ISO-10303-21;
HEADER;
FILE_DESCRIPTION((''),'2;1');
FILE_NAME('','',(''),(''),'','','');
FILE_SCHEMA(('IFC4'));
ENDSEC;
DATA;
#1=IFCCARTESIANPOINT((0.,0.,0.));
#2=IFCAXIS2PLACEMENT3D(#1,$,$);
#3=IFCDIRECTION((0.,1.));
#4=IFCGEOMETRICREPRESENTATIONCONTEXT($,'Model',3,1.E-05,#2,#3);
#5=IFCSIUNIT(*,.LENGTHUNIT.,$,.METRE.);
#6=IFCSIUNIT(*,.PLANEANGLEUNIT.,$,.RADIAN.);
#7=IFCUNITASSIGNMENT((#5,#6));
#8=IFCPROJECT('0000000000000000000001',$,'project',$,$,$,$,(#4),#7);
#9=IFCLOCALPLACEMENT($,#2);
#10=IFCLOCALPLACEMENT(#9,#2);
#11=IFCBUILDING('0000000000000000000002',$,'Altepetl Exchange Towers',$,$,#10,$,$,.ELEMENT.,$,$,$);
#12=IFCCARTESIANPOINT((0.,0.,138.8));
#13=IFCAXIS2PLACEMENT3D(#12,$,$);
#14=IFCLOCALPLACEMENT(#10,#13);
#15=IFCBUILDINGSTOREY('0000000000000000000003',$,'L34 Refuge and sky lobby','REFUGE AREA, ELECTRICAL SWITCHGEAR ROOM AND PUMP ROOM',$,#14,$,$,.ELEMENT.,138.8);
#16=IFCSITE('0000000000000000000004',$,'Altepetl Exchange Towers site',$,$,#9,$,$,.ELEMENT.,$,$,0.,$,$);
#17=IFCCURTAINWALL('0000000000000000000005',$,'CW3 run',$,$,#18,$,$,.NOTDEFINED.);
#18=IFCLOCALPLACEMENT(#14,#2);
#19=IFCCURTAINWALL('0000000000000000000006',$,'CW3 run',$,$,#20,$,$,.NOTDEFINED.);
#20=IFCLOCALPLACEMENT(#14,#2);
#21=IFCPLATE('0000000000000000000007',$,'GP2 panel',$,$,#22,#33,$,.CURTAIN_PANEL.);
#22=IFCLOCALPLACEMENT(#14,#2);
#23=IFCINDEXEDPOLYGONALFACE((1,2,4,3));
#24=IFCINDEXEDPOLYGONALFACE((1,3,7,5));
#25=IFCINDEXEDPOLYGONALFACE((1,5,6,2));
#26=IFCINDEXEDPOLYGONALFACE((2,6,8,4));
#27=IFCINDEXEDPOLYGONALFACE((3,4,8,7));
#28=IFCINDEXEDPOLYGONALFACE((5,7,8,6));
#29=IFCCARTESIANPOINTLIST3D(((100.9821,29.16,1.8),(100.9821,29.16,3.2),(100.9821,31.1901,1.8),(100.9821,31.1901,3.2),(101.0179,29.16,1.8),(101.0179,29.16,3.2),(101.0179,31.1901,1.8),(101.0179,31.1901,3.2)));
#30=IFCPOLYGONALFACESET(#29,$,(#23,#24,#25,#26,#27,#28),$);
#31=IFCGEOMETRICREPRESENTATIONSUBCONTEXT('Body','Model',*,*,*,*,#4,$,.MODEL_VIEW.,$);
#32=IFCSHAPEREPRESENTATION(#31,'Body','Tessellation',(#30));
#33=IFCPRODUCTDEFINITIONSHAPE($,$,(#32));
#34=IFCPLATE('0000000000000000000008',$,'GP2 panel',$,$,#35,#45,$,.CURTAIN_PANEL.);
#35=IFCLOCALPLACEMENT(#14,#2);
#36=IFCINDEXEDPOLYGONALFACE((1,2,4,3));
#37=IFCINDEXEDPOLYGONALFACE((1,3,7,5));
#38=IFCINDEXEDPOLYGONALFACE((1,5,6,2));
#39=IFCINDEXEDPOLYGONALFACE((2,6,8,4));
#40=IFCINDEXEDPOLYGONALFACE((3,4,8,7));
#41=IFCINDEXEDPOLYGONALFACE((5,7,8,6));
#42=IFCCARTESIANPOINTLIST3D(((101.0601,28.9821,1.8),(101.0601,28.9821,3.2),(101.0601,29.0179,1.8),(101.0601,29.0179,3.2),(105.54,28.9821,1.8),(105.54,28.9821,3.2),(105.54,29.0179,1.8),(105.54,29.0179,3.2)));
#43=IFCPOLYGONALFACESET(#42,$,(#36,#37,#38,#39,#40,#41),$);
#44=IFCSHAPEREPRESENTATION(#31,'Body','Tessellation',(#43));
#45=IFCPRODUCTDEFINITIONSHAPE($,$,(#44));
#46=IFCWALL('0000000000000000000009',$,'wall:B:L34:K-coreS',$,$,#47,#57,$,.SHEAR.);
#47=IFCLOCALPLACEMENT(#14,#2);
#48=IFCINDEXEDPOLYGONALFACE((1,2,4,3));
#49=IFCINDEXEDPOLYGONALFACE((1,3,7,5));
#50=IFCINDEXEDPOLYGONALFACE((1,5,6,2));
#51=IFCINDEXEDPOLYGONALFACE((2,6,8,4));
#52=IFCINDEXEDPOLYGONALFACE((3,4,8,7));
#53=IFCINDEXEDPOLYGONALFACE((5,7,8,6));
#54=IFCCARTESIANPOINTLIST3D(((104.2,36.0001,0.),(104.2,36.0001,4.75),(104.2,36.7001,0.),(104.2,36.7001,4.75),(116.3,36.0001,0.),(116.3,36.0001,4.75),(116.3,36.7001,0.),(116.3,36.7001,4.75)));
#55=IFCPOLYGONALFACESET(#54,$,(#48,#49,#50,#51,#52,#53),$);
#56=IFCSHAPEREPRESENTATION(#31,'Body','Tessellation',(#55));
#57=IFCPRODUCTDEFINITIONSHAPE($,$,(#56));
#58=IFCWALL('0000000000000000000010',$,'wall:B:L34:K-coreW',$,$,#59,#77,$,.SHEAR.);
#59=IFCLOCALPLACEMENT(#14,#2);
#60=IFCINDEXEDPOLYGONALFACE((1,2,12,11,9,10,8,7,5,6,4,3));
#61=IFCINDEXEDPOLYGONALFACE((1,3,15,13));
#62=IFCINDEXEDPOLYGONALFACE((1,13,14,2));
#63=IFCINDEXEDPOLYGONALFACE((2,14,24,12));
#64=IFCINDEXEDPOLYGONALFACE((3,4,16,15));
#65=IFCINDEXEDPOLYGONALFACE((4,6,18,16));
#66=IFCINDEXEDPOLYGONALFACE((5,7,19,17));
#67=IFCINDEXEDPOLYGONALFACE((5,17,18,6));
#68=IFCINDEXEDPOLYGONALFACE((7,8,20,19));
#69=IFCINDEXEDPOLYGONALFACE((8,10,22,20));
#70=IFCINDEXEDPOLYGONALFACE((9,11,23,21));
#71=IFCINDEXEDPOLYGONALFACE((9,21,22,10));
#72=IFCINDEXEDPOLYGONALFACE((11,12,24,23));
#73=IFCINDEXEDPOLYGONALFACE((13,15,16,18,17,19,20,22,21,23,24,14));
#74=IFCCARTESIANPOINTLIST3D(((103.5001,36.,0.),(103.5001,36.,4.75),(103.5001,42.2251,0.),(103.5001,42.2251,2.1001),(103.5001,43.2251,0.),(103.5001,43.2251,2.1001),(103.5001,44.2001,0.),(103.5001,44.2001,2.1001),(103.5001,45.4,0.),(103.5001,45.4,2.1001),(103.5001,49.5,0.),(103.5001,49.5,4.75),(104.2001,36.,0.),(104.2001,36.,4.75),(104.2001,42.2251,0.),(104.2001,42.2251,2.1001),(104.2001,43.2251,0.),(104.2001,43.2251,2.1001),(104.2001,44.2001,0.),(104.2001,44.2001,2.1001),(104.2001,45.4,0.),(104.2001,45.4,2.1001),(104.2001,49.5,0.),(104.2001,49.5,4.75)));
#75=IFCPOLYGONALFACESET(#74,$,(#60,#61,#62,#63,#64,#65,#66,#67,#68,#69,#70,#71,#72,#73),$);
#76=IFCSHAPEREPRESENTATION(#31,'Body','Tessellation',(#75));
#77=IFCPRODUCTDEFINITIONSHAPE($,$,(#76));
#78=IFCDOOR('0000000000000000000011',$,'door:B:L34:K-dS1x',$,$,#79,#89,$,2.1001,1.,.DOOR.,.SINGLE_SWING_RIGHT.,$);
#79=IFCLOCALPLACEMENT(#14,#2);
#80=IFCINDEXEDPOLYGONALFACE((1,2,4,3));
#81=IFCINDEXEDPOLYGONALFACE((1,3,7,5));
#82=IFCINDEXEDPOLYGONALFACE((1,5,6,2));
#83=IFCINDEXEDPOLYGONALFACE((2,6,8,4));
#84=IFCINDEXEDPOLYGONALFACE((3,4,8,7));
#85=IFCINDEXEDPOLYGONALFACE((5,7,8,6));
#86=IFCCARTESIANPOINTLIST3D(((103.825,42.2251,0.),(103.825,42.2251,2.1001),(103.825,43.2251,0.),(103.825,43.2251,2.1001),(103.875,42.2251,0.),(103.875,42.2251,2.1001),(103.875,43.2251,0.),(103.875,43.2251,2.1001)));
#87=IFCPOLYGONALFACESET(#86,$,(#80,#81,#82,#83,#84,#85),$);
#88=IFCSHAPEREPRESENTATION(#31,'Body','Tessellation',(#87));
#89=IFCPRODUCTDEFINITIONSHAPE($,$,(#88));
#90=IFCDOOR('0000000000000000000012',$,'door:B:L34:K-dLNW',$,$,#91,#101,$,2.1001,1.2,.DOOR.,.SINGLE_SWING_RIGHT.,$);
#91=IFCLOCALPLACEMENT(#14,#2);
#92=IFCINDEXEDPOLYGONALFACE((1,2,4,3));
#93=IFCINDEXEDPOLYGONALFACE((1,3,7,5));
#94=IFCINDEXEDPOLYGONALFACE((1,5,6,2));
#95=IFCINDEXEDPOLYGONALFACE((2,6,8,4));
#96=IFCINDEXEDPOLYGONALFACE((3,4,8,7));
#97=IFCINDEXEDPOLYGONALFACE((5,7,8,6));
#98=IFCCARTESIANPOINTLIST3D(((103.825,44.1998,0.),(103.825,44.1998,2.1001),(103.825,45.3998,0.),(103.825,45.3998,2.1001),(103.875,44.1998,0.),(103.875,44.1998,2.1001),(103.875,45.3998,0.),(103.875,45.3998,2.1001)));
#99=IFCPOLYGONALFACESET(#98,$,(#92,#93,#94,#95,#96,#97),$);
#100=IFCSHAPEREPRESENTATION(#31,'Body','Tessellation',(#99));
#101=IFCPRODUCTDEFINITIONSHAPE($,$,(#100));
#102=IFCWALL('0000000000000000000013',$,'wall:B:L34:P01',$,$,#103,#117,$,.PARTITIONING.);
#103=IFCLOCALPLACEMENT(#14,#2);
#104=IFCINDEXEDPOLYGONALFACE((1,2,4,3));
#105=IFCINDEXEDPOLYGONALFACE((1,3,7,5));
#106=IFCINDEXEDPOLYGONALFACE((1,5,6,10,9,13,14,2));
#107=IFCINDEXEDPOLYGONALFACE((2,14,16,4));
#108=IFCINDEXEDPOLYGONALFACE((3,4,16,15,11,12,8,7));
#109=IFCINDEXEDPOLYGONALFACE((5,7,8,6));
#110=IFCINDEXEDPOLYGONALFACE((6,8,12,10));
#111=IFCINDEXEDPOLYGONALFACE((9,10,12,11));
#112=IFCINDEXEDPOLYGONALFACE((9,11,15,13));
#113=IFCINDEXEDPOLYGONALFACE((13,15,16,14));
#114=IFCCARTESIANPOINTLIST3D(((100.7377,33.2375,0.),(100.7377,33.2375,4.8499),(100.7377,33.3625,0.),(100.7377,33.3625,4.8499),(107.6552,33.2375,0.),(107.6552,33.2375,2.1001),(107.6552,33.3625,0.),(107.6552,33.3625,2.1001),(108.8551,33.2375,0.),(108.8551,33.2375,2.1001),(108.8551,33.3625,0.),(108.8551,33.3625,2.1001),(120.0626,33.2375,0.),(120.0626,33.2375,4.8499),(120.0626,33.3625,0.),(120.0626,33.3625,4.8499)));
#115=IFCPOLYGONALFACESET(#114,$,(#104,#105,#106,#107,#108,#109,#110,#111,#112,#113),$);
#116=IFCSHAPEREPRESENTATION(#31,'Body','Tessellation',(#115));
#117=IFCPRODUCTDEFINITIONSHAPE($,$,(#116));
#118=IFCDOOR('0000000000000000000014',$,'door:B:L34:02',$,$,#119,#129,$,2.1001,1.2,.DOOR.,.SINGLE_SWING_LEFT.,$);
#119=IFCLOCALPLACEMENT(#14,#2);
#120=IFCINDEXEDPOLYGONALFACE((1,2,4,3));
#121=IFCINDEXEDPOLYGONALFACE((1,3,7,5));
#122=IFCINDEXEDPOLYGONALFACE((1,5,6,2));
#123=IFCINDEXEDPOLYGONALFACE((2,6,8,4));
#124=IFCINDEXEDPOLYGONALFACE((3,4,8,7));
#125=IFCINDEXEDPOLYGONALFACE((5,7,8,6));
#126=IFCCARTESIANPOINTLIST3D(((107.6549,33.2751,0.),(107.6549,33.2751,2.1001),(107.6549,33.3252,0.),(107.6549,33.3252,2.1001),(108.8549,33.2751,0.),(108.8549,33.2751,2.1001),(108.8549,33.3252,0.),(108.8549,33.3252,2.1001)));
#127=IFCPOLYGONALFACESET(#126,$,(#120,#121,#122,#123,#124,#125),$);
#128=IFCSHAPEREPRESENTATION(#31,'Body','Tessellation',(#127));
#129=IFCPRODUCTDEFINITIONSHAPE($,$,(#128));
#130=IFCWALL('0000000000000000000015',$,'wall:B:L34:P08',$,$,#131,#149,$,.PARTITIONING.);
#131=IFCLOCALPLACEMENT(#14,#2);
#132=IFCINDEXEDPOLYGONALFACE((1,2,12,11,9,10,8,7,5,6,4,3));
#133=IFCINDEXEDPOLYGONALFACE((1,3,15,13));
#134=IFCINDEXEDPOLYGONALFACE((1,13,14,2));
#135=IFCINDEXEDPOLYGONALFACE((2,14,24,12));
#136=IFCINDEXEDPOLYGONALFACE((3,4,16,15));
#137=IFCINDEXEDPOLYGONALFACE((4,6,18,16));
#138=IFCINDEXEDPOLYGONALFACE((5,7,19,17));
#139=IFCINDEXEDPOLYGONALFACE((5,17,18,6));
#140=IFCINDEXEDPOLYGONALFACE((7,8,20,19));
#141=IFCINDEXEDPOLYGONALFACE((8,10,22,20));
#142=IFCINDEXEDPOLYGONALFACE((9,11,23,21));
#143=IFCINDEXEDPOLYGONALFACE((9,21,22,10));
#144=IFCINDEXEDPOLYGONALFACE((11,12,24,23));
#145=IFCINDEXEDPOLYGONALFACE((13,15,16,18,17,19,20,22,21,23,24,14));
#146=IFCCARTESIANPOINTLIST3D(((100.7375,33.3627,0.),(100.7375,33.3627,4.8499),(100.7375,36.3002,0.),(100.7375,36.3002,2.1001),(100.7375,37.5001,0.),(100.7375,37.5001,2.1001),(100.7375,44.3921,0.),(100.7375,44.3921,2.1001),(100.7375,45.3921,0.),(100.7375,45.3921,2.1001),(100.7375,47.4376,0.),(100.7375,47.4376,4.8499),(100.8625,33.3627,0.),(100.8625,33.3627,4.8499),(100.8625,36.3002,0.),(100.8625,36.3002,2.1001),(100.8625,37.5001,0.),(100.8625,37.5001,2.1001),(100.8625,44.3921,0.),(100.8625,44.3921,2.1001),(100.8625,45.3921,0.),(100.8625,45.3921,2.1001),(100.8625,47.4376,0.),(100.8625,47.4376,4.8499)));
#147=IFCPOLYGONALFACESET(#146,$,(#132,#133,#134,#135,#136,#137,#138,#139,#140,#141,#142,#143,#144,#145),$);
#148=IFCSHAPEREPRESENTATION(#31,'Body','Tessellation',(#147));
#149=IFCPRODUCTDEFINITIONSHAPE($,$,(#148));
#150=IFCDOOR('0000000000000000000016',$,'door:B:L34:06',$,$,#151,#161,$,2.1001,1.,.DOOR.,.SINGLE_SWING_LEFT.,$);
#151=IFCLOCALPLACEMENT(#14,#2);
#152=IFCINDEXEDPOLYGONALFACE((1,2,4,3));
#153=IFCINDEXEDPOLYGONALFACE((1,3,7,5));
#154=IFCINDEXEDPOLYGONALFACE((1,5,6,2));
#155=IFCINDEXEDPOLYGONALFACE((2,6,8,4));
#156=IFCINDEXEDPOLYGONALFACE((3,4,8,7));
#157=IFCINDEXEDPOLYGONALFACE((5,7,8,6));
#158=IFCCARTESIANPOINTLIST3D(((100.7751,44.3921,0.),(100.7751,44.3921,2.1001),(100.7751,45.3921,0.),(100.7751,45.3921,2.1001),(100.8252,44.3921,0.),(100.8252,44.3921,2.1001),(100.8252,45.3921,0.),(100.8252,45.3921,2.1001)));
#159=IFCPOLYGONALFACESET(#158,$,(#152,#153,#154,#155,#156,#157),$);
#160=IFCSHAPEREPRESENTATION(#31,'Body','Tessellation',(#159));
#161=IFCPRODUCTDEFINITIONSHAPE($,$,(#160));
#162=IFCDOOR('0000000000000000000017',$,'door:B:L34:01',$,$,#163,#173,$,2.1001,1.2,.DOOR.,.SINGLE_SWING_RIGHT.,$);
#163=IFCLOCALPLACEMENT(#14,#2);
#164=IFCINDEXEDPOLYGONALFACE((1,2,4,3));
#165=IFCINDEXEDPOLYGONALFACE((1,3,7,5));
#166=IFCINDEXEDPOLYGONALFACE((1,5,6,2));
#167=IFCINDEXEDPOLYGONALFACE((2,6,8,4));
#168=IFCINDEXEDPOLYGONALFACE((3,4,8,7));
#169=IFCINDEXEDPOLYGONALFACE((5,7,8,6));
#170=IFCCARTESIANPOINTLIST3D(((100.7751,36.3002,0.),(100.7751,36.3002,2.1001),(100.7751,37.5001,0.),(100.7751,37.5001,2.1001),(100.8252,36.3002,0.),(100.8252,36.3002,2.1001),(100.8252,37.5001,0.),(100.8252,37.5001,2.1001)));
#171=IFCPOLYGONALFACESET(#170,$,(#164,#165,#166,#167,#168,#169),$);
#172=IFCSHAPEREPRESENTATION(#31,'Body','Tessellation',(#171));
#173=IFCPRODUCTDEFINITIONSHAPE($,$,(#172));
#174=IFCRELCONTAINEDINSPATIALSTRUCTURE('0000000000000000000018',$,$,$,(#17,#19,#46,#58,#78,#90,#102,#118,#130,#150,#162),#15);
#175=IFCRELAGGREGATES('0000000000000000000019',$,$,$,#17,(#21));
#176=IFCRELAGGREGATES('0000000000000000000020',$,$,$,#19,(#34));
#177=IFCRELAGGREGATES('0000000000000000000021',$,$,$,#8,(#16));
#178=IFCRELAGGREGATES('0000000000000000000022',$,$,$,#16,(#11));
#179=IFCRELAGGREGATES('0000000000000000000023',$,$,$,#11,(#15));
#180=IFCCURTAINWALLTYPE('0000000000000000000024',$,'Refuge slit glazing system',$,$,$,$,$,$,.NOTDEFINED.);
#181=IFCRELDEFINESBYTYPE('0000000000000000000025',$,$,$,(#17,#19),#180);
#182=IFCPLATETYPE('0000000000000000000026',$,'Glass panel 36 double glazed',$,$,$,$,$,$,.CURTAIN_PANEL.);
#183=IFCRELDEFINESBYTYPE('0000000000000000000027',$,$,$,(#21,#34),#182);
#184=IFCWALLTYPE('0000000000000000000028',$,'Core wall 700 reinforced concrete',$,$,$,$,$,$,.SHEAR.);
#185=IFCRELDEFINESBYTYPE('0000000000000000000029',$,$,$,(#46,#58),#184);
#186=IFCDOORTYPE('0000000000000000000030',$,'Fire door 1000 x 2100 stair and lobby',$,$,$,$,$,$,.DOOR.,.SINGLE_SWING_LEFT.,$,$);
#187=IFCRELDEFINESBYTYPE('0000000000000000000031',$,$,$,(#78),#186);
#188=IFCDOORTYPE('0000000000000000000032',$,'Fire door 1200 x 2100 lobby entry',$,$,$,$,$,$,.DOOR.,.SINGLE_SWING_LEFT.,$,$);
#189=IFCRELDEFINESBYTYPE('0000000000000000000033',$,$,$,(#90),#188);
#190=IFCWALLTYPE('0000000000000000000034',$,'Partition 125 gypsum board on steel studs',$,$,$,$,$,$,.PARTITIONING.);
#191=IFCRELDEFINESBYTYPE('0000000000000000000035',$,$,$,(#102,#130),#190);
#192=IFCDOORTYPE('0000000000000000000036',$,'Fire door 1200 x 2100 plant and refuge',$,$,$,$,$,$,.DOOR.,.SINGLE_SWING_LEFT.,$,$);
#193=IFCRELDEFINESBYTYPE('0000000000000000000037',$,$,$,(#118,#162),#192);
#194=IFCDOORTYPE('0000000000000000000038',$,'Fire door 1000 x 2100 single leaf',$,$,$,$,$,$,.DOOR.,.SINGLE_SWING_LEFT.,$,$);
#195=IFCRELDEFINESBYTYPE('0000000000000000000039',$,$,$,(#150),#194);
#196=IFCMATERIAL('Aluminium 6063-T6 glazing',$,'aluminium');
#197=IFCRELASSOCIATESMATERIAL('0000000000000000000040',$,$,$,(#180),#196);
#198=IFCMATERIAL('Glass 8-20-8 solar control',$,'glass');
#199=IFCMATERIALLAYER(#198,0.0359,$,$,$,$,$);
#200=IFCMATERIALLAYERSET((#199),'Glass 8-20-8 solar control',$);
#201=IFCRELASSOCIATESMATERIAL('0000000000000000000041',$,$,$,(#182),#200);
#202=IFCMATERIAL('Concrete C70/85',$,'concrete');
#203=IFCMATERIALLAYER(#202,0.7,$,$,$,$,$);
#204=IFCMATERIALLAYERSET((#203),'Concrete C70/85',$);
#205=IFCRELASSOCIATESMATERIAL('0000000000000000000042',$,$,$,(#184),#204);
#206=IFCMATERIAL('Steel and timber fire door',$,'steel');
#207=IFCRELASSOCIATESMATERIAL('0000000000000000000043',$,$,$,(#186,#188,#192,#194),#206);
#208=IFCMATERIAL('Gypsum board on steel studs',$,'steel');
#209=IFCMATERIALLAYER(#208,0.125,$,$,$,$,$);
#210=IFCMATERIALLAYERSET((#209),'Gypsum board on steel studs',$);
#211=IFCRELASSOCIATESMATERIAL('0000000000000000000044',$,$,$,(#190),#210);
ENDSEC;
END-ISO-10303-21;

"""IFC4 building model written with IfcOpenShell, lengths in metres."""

from ifc_helpers import new_model, si_unit, direction, frame, frame_2d, origin, origin_2d, place, context, subcontext, project, spatial, rectangle, extrude, material, layer, layer_set, type_object, element, fill, aggregate, save


model = new_model("IFC4")

# Units and contexts
model_context = context("Model", 3, precision=1e-05, world=origin(), true_north=direction((0.0, 1.0)))
body_context = subcontext(model_context, "Body", "Model", "MODEL_VIEW")
ifc_project = project(units=[si_unit("LENGTHUNIT", "METRE"), si_unit("PLANEANGLEUNIT", "RADIAN")], contexts=[model_context])

# Site, building, storey
site_placement = place(None, origin())
site = spatial("IfcSite", under=ifc_project, at=site_placement, Name="Altepetl Exchange Towers site", CompositionType="ELEMENT", RefElevation=0.0)
building_placement = place(site_placement, origin())
building = spatial("IfcBuilding", under=site, at=building_placement, Name="Altepetl Exchange Towers", CompositionType="ELEMENT")
storey_placement = place(building_placement, frame((0.0, 0.0, 138.8)))
storey = spatial("IfcBuildingStorey", under=building, at=storey_placement, Name="L34 Refuge and sky lobby", Description="REFUGE AREA, ELECTRICAL SWITCHGEAR ROOM AND PUMP ROOM", CompositionType="ELEMENT", Elevation=138.8)

# Shared definitions
ifc_material_1 = material(Name="Aluminium 6063-T6 glazing", Category="aluminium")
curtain_wall_type = type_object("IfcCurtainWallType", Name="Refuge slit glazing system", PredefinedType="NOTDEFINED", material=ifc_material_1)

# Curtain walls
curtain_wall_1_placement = place(storey_placement, origin())
curtain_wall_1 = element("IfcCurtainWall", 1, at=curtain_wall_1_placement, inside=storey, type_object=curtain_wall_type, Name="CW3 run", PredefinedType="NOTDEFINED")
curtain_wall_2_placement = place(storey_placement, origin())
curtain_wall_2 = element("IfcCurtainWall", 2, at=curtain_wall_2_placement, inside=storey, type_object=curtain_wall_type, Name="CW3 run", PredefinedType="NOTDEFINED")

# Plates
ifc_material_2 = material(Name="Glass 8-20-8 solar control", Category="glass")
ifc_layer_1 = layer(ifc_material_2, 0.0359)
ifc_layer_set_1 = layer_set([ifc_layer_1], Name="Glass 8-20-8 solar control")
plate_type = type_object("IfcPlateType", Name="Glass panel 36 double glazed", PredefinedType="CURTAIN_PANEL", material=ifc_layer_set_1)
plate_1_placement = place(storey_placement, frame((101.0, 30.175, 1.8), z_axis=(0.0, 0.0, 1.0), x_axis=(0.0, -1.0, 0.0)))
plate_1 = element("IfcPlate", 3, at=plate_1_placement, type_object=plate_type, Name="GP2 panel", PredefinedType="CURTAIN_PANEL", context=body_context, shape_type="SweptSolid", body=[
    extrude(rectangle(XDim=2.03, YDim=0.0359, at=origin_2d()), origin(), (0.0, 0.0, 1.0), 1.3999),
])
aggregate(curtain_wall_1, [plate_1])
plate_2_placement = place(storey_placement, frame((103.3, 29.0, 1.8)))
plate_2 = element("IfcPlate", 4, at=plate_2_placement, type_object=plate_type, Name="GP2 panel", PredefinedType="CURTAIN_PANEL", context=body_context, shape_type="SweptSolid", body=[
    extrude(rectangle(XDim=4.48, YDim=0.0359, at=origin_2d()), origin(), (0.0, 0.0, 1.0), 1.3999),
])
aggregate(curtain_wall_2, [plate_2])

# Wall
ifc_material_3 = material(Name="Concrete C70/85", Category="concrete")
ifc_layer_2 = layer(ifc_material_3, 0.7)
ifc_layer_set_2 = layer_set([ifc_layer_2], Name="Concrete C70/85")
wall_type_1 = type_object("IfcWallType", Name="Core wall 700 reinforced concrete", PredefinedType="SHEAR", material=ifc_layer_set_2)
wall_1_placement = place(storey_placement, frame((104.2, 36.3501, 0.0)))
element("IfcWall", 5, at=wall_1_placement, inside=storey, type_object=wall_type_1, Name="wall:B:L34:K-coreS", PredefinedType="SHEAR", context=body_context, shape_type="SweptSolid", body=[
    extrude(rectangle(XDim=12.1001, YDim=0.7, at=frame_2d((6.05, 0.0))), origin(), (0.0, 0.0, 1.0), 4.75),
])

# Wall, openings, doors
wall_2_placement = place(storey_placement, frame((103.8501, 36.0, 0.0), z_axis=(0.0, 0.0, 1.0), x_axis=(0.0, 1.0, 0.0)))
wall_2 = element("IfcWall", 6, at=wall_2_placement, inside=storey, type_object=wall_type_1, Name="wall:B:L34:K-coreW", PredefinedType="SHEAR", context=body_context, shape_type="SweptSolid", body=[
    extrude(rectangle(XDim=13.5, YDim=0.7, at=frame_2d((6.75, 0.0))), origin(), (0.0, 0.0, 1.0), 4.75),
])
opening_1_placement = place(wall_2_placement, frame((8.2, 0.0, 0.0)))
opening_1 = element("IfcOpeningElement", 7, at=opening_1_placement, cuts=wall_2, PredefinedType="OPENING", context=body_context, shape_type="SweptSolid", body=[
    extrude(rectangle(XDim=1.2, YDim=2.1001, at=frame_2d((0.6001, 1.05))), frame((0.0, 0.3599, 0.0), z_axis=(0.0, -1.0, 0.0), x_axis=(1.0, 0.0, 0.0)), (0.0, 0.0, 1.0), 0.72),
])
opening_2_placement = place(wall_2_placement, frame((6.2251, 0.0, 0.0)))
opening_2 = element("IfcOpeningElement", 8, at=opening_2_placement, cuts=wall_2, PredefinedType="OPENING", context=body_context, shape_type="SweptSolid", body=[
    extrude(rectangle(XDim=1.0, YDim=2.1001, at=frame_2d((0.5, 1.05))), frame((0.0, 0.3599, 0.0), z_axis=(0.0, -1.0, 0.0), x_axis=(1.0, 0.0, 0.0)), (0.0, 0.0, 1.0), 0.72),
])
ifc_material_4 = material(Name="Steel and timber fire door", Category="steel")
door_type_1 = type_object("IfcDoorType", Name="Fire door 1000 x 2100 stair and lobby", OperationType="SINGLE_SWING_LEFT", PredefinedType="DOOR", material=ifc_material_4)
door_1_placement = place(opening_2_placement, frame((1.0, 0.0, 0.0), x_axis=(-1.0, 0.0, 0.0)))
door_1 = element("IfcDoor", 9, at=door_1_placement, inside=storey, type_object=door_type_1, Name="door:B:L34:K-dS1x", OperationType="SINGLE_SWING_RIGHT", OverallHeight=2.1001, OverallWidth=1.0, PredefinedType="DOOR", context=body_context, shape_type="SweptSolid", body=[
    extrude(rectangle(XDim=1.0, YDim=2.1001, at=frame_2d((0.5, 1.05))), frame((0.0, 0.0249, 0.0), z_axis=(0.0, -1.0, 0.0), x_axis=(1.0, 0.0, 0.0)), (0.0, 0.0, 1.0), 0.05),
])
fill(opening_2, door_1)
door_type_2 = type_object("IfcDoorType", Name="Fire door 1200 x 2100 lobby entry", OperationType="SINGLE_SWING_LEFT", PredefinedType="DOOR", material=ifc_material_4)
door_2_placement = place(opening_1_placement, frame((1.2, 0.0, 0.0), x_axis=(-1.0, 0.0, 0.0)))
door_2 = element("IfcDoor", 10, at=door_2_placement, inside=storey, type_object=door_type_2, Name="door:B:L34:K-dLNW", OperationType="SINGLE_SWING_RIGHT", OverallHeight=2.1001, OverallWidth=1.2, PredefinedType="DOOR", context=body_context, shape_type="SweptSolid", body=[
    extrude(rectangle(XDim=1.2, YDim=2.1001, at=frame_2d((0.6001, 1.05))), frame((0.0, 0.0249, 0.0), z_axis=(0.0, -1.0, 0.0), x_axis=(1.0, 0.0, 0.0)), (0.0, 0.0, 1.0), 0.05),
])
fill(opening_1, door_2)

# Wall, opening, door
ifc_material_5 = material(Name="Gypsum board on steel studs", Category="steel")
ifc_layer_3 = layer(ifc_material_5, 0.125)
ifc_layer_set_3 = layer_set([ifc_layer_3], Name="Gypsum board on steel studs")
wall_type_2 = type_object("IfcWallType", Name="Partition 125 gypsum board on steel studs", PredefinedType="PARTITIONING", material=ifc_layer_set_3)
wall_3_placement = place(storey_placement, frame((100.7375, 33.3, 0.0)))
wall_3 = element("IfcWall", 11, at=wall_3_placement, inside=storey, type_object=wall_type_2, Name="wall:B:L34:P01", PredefinedType="PARTITIONING", context=body_context, shape_type="SweptSolid", body=[
    extrude(rectangle(XDim=19.325, YDim=0.125, at=frame_2d((9.6626, 0.0))), origin(), (0.0, 0.0, 1.0), 4.8499),
])
opening_3_placement = place(wall_3_placement, frame((6.9175, 0.0, 0.0)))
opening_3 = element("IfcOpeningElement", 12, at=opening_3_placement, cuts=wall_3, PredefinedType="OPENING", context=body_context, shape_type="SweptSolid", body=[
    extrude(rectangle(XDim=1.2, YDim=2.1001, at=frame_2d((0.6001, 1.05))), frame((0.0, 0.0725, 0.0), z_axis=(0.0, -1.0, 0.0), x_axis=(1.0, 0.0, 0.0)), (0.0, 0.0, 1.0), 0.145),
])
door_type_3 = type_object("IfcDoorType", Name="Fire door 1200 x 2100 plant and refuge", OperationType="SINGLE_SWING_LEFT", PredefinedType="DOOR", material=ifc_material_4)
door_3_placement = place(opening_3_placement, frame((1.2, 0.0, 0.0), x_axis=(-1.0, 0.0, 0.0)))
door_3 = element("IfcDoor", 13, at=door_3_placement, inside=storey, type_object=door_type_3, Name="door:B:L34:02", OperationType="SINGLE_SWING_LEFT", OverallHeight=2.1001, OverallWidth=1.2, PredefinedType="DOOR", context=body_context, shape_type="SweptSolid", body=[
    extrude(rectangle(XDim=1.2, YDim=2.1001, at=frame_2d((0.6001, 1.05))), frame((0.0, 0.0249, 0.0), z_axis=(0.0, -1.0, 0.0), x_axis=(1.0, 0.0, 0.0)), (0.0, 0.0, 1.0), 0.05),
])
fill(opening_3, door_3)

# Wall, openings, doors
wall_4_placement = place(storey_placement, frame((100.8, 33.3625, 0.0), z_axis=(0.0, 0.0, 1.0), x_axis=(0.0, 1.0, 0.0)))
wall_4 = element("IfcWall", 14, at=wall_4_placement, inside=storey, type_object=wall_type_2, Name="wall:B:L34:P08", PredefinedType="PARTITIONING", context=body_context, shape_type="SweptSolid", body=[
    extrude(rectangle(XDim=14.075, YDim=0.125, at=frame_2d((7.0376, 0.0))), origin(), (0.0, 0.0, 1.0), 4.8499),
])
opening_4_placement = place(wall_4_placement, frame((2.9375, 0.0, 0.0)))
opening_4 = element("IfcOpeningElement", 15, at=opening_4_placement, cuts=wall_4, PredefinedType="OPENING", context=body_context, shape_type="SweptSolid", body=[
    extrude(rectangle(XDim=1.2, YDim=2.1001, at=frame_2d((0.6001, 1.05))), frame((0.0, 0.0725, 0.0), z_axis=(0.0, -1.0, 0.0), x_axis=(1.0, 0.0, 0.0)), (0.0, 0.0, 1.0), 0.145),
])
opening_5_placement = place(wall_4_placement, frame((11.0295, 0.0, 0.0)))
opening_5 = element("IfcOpeningElement", 16, at=opening_5_placement, cuts=wall_4, PredefinedType="OPENING", context=body_context, shape_type="SweptSolid", body=[
    extrude(rectangle(XDim=1.0, YDim=2.1001, at=frame_2d((0.5, 1.05))), frame((0.0, 0.0725, 0.0), z_axis=(0.0, -1.0, 0.0), x_axis=(1.0, 0.0, 0.0)), (0.0, 0.0, 1.0), 0.145),
])
door_type_4 = type_object("IfcDoorType", Name="Fire door 1000 x 2100 single leaf", OperationType="SINGLE_SWING_LEFT", PredefinedType="DOOR", material=ifc_material_4)
door_4_placement = place(opening_5_placement, origin())
door_4 = element("IfcDoor", 17, at=door_4_placement, inside=storey, type_object=door_type_4, Name="door:B:L34:06", OperationType="SINGLE_SWING_LEFT", OverallHeight=2.1001, OverallWidth=1.0, PredefinedType="DOOR", context=body_context, shape_type="SweptSolid", body=[
    extrude(rectangle(XDim=1.0, YDim=2.1001, at=frame_2d((0.5, 1.05))), frame((0.0, 0.0249, 0.0), z_axis=(0.0, -1.0, 0.0), x_axis=(1.0, 0.0, 0.0)), (0.0, 0.0, 1.0), 0.05),
])
fill(opening_5, door_4)
door_5_placement = place(opening_4_placement, origin())
door_5 = element("IfcDoor", 18, at=door_5_placement, inside=storey, type_object=door_type_3, Name="door:B:L34:01", OperationType="SINGLE_SWING_RIGHT", OverallHeight=2.1001, OverallWidth=1.2, PredefinedType="DOOR", context=body_context, shape_type="SweptSolid", body=[
    extrude(rectangle(XDim=1.2, YDim=2.1001, at=frame_2d((0.6001, 1.05))), frame((0.0, 0.0249, 0.0), z_axis=(0.0, -1.0, 0.0), x_axis=(1.0, 0.0, 0.0)), (0.0, 0.0, 1.0), 0.05),
])
fill(opening_4, door_5)

save(model, "model.ifc")
